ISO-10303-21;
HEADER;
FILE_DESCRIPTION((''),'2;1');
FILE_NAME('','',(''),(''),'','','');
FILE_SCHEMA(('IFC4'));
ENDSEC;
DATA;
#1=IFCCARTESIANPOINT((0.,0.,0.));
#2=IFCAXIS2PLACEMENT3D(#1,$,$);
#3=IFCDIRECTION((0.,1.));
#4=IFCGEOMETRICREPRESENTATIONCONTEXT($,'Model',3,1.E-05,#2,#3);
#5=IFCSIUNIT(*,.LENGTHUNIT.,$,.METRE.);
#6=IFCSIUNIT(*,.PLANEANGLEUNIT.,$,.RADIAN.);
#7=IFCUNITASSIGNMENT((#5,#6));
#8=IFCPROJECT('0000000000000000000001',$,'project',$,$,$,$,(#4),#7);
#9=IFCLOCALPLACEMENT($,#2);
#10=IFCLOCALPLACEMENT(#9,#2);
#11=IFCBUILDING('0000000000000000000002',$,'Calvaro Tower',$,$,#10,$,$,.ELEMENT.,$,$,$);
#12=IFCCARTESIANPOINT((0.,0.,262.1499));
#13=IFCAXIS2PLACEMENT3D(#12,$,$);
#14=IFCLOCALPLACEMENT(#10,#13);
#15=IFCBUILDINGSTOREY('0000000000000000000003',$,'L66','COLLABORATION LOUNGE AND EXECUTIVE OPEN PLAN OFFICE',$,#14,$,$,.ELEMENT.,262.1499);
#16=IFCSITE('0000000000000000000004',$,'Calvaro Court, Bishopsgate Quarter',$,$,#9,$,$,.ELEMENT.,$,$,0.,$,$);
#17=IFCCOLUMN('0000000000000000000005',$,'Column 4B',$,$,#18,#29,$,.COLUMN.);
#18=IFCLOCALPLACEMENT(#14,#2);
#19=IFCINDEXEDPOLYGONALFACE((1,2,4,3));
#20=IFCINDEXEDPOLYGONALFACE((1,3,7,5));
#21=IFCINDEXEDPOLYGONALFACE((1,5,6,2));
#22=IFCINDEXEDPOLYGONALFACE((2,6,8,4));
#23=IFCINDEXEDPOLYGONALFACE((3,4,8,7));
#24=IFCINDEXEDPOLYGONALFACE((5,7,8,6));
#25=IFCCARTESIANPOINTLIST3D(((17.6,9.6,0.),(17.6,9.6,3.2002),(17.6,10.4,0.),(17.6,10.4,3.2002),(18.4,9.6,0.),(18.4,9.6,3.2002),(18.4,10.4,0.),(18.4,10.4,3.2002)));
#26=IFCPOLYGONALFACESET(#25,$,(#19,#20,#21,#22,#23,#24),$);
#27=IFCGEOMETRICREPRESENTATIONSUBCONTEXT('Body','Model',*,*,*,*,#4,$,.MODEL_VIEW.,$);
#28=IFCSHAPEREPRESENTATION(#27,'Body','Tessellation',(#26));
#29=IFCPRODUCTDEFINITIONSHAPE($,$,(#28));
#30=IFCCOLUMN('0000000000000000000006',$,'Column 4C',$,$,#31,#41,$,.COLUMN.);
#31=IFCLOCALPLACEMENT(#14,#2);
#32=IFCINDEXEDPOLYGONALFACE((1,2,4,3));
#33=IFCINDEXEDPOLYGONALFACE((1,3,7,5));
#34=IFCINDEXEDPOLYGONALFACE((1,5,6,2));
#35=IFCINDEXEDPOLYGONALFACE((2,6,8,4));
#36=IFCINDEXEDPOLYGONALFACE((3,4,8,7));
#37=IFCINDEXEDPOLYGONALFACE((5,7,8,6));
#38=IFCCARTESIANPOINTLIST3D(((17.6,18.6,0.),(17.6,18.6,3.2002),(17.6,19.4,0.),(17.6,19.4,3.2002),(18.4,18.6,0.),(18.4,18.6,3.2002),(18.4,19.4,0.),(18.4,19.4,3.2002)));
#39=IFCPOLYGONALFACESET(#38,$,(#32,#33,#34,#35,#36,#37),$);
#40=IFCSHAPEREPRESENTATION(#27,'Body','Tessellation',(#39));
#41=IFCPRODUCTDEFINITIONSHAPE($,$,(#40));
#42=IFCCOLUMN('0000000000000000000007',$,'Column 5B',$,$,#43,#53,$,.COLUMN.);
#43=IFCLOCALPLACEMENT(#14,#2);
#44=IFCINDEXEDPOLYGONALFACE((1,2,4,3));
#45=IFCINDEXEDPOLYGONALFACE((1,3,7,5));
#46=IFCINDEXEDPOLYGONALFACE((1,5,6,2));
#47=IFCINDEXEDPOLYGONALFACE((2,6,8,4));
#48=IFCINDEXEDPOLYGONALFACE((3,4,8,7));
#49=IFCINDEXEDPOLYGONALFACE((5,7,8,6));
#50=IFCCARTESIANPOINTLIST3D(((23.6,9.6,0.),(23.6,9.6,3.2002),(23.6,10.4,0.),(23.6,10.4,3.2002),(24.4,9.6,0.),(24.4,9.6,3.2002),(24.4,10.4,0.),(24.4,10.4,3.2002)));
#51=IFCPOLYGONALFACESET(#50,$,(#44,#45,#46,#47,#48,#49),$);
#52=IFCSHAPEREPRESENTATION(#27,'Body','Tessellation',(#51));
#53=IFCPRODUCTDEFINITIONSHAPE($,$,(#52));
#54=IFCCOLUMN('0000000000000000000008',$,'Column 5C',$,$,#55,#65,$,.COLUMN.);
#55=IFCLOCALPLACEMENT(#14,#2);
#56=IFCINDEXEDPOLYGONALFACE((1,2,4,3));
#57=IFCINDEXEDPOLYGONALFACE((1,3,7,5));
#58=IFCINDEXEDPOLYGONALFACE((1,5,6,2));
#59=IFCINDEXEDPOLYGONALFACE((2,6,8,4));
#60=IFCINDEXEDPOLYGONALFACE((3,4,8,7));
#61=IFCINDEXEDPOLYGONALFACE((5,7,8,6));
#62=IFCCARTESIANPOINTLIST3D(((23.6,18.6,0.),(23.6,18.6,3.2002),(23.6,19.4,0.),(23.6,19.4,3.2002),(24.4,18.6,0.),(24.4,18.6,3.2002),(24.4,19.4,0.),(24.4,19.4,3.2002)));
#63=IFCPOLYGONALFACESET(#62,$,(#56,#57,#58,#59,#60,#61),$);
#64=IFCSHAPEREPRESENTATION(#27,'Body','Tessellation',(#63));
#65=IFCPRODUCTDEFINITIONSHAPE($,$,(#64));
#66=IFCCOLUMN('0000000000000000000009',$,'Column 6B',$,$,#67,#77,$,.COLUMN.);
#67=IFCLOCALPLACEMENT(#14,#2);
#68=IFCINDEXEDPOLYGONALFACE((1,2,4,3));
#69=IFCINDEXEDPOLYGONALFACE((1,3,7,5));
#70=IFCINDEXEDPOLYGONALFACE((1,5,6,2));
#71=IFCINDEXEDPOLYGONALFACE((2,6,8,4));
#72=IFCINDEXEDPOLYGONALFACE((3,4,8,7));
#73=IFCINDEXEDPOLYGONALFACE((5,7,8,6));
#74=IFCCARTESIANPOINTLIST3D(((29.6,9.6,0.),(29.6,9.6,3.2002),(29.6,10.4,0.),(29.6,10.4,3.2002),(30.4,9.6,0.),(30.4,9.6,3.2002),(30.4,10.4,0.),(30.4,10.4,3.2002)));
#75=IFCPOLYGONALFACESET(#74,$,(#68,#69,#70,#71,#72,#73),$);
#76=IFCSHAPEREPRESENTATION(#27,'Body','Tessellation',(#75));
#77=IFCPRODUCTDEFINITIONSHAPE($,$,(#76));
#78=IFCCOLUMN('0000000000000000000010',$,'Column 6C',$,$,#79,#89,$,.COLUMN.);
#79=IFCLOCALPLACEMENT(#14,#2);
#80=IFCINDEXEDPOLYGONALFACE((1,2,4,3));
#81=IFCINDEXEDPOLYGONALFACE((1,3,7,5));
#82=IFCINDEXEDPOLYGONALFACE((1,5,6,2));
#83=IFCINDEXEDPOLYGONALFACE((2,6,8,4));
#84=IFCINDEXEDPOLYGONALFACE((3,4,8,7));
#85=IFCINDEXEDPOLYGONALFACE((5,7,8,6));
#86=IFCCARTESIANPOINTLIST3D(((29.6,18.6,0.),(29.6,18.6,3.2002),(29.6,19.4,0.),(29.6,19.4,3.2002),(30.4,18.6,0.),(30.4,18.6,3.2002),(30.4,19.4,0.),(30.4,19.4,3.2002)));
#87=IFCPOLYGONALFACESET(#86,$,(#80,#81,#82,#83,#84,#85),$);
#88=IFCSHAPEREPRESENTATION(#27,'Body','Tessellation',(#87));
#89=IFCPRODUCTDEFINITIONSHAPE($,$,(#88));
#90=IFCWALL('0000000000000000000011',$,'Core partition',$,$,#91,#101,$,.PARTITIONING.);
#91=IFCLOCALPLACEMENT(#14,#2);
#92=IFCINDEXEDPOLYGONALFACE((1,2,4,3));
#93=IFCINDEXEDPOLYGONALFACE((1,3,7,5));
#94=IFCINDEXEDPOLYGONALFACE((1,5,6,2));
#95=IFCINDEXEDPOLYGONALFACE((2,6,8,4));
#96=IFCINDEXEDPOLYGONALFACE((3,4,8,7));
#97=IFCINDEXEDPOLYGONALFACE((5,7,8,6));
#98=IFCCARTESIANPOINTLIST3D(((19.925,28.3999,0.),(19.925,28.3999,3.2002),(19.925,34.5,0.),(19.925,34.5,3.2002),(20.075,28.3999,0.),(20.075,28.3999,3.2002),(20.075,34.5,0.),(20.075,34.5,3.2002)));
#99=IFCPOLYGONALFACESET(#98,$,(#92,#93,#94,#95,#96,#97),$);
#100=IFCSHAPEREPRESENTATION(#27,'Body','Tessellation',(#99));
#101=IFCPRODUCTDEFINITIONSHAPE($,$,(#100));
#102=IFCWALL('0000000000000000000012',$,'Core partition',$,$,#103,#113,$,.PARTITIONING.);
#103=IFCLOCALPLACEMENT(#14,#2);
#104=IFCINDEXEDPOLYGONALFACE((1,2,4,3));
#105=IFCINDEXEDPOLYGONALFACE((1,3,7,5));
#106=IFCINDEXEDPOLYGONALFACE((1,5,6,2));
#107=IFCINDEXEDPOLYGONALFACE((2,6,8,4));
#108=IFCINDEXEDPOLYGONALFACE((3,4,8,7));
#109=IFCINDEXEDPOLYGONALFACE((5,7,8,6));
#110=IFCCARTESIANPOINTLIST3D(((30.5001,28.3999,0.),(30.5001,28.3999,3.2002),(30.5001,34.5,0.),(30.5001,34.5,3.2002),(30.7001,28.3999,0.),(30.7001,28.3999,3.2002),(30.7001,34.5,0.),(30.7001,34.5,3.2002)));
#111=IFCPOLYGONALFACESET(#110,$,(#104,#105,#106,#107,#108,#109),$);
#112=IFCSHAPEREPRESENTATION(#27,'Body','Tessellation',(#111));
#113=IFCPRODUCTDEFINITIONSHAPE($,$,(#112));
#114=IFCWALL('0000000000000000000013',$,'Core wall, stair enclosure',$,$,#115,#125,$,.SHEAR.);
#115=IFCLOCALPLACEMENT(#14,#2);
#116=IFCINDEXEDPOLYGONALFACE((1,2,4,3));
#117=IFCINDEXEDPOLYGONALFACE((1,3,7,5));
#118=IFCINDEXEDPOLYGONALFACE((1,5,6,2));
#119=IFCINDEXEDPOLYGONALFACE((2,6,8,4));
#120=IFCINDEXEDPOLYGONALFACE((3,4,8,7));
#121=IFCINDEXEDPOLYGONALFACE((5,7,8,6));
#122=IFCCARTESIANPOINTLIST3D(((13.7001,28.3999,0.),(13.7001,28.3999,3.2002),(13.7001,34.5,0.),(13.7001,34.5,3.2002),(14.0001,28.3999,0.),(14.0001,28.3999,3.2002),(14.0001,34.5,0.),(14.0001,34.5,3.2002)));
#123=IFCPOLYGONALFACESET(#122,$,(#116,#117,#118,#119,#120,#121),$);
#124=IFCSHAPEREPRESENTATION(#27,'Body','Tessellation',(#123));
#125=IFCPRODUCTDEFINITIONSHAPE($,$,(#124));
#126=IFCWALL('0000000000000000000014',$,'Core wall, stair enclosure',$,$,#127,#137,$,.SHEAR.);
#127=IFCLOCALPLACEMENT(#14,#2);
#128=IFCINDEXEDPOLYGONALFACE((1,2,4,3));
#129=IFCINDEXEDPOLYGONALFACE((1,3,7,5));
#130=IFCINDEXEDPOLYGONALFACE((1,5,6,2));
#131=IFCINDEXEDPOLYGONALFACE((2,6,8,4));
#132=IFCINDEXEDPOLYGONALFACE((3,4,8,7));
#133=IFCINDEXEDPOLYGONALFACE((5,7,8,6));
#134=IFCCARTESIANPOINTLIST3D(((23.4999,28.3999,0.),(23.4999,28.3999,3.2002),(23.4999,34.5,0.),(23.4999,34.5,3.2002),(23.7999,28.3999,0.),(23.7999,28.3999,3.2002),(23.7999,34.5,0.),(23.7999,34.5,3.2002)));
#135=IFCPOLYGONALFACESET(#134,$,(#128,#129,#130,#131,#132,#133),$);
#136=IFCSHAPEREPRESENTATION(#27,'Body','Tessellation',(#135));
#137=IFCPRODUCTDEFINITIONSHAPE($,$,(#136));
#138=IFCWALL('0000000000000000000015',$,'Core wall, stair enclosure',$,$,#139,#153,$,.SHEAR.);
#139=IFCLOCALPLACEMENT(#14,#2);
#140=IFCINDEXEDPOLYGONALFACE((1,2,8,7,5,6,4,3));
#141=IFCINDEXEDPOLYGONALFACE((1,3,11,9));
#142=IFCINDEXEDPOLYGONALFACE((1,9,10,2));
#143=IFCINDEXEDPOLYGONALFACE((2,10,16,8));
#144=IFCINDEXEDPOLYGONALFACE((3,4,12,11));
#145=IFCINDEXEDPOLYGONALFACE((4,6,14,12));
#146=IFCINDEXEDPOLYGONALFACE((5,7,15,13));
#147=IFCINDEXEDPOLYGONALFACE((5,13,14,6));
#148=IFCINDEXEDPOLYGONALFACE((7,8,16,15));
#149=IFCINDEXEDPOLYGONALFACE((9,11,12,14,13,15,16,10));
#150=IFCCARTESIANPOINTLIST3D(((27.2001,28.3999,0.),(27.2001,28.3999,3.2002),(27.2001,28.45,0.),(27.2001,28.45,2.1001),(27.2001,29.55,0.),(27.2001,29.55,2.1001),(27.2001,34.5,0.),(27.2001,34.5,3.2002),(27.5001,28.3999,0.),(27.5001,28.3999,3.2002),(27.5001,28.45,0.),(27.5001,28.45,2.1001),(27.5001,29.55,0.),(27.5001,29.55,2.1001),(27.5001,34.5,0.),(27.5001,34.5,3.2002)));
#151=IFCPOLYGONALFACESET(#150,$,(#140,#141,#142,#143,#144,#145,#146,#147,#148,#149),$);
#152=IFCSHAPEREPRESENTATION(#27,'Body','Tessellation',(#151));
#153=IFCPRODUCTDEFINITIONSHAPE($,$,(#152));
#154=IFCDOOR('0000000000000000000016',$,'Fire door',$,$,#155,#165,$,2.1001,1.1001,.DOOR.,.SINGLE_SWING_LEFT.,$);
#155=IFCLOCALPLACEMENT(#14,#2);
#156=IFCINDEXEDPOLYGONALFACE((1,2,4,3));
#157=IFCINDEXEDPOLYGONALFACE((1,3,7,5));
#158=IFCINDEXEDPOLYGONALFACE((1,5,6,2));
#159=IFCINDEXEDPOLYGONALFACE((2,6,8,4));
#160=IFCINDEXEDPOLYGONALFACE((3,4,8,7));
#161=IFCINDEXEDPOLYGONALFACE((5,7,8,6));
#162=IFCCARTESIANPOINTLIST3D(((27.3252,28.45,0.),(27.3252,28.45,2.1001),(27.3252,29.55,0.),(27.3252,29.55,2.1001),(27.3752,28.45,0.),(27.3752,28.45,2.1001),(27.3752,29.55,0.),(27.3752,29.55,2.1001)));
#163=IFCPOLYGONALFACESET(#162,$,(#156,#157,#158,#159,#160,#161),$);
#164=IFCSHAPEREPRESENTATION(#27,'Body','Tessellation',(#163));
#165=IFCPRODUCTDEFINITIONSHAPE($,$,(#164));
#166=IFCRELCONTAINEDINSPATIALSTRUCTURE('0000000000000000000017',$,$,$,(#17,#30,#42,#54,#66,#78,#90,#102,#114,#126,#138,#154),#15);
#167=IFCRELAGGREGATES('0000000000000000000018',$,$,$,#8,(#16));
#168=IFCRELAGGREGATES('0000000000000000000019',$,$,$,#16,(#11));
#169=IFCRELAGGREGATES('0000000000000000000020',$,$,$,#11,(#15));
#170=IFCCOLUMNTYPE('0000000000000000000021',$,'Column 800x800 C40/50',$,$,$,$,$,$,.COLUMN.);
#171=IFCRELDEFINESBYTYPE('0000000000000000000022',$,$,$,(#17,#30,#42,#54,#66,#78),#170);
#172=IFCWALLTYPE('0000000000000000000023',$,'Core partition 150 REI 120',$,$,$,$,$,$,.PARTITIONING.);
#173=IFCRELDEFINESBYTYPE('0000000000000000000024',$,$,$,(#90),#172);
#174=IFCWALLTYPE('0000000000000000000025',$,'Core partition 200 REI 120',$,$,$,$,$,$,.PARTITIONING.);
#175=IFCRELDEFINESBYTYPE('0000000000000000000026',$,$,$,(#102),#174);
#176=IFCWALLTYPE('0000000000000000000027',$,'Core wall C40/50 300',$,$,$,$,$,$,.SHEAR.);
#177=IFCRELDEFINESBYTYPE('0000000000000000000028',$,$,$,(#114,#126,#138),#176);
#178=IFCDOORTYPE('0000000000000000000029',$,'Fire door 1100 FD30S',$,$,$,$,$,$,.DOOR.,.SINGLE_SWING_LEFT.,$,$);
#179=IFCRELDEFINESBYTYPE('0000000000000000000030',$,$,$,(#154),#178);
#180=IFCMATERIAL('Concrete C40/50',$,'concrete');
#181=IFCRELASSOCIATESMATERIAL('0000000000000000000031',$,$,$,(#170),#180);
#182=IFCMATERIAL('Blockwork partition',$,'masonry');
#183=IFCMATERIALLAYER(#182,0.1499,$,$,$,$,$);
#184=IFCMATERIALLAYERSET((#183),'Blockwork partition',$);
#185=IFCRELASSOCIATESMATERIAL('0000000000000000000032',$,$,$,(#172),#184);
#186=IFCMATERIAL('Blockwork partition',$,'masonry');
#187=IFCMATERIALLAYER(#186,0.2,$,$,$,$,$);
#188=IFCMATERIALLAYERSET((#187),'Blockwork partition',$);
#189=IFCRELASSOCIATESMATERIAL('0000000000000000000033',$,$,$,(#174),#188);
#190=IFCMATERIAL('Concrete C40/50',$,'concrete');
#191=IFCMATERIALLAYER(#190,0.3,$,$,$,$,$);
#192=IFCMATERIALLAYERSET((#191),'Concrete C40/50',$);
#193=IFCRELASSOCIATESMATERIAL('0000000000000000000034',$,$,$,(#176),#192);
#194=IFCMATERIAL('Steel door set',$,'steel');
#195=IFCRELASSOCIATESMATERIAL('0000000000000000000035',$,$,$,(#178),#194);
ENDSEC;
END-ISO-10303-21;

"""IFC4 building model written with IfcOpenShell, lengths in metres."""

from ifc_helpers import new_model, si_unit, direction, frame, frame_2d, origin, origin_2d, place, context, subcontext, project, spatial, rectangle, extrude, material, layer, layer_set, material_profile, profile_set, type_object, element, fill, save


model = new_model("IFC4")

# Units and contexts
model_context = context("Model", 3, precision=1e-05, world=origin(), true_north=direction((0.0, 1.0)))
body_context = subcontext(model_context, "Body", "Model", "MODEL_VIEW")
ifc_project = project(units=[si_unit("LENGTHUNIT", "METRE"), si_unit("PLANEANGLEUNIT", "RADIAN")], contexts=[model_context])

# Site, building, storey
site_placement = place(None, origin())
site = spatial("IfcSite", under=ifc_project, at=site_placement, Name="Calvaro Court, Bishopsgate Quarter", CompositionType="ELEMENT", RefElevation=0.0)
building_placement = place(site_placement, origin())
building = spatial("IfcBuilding", under=site, at=building_placement, Name="Calvaro Tower", CompositionType="ELEMENT")
storey_placement = place(building_placement, frame((0.0, 0.0, 262.1499)))
storey = spatial("IfcBuildingStorey", under=building, at=storey_placement, Name="L66", Description="COLLABORATION LOUNGE AND EXECUTIVE OPEN PLAN OFFICE", CompositionType="ELEMENT", Elevation=262.1499)

# Columns
ifc_material_1 = material(Name="Concrete C40/50", Category="concrete")
ifc_material_profile = material_profile(ifc_material_1, rectangle(XDim=0.8, YDim=0.8, at=origin_2d()), Name="RC 800x800")
ifc_profile_set = profile_set([ifc_material_profile], Name="Concrete C40/50")
column_type = type_object("IfcColumnType", Name="Column 800x800 C40/50", PredefinedType="COLUMN", material=ifc_profile_set)
for number, where, z_axis, x_axis, name in (
    (1, (18.0, 10.0, 0.0), (0.0, 0.0, 1.0), (1.0, 0.0, 0.0), "Column 4B"),
    (2, (18.0, 19.0, 0.0), (0.0, 0.0, 1.0), (1.0, 0.0, 0.0), "Column 4C"),
    (3, (24.0, 10.0, 0.0), (0.0, 0.0, 1.0), (1.0, 0.0, 0.0), "Column 5B"),
    (4, (24.0, 19.0, 0.0), (0.0, 0.0, 1.0), (1.0, 0.0, 0.0), "Column 5C"),
    (5, (30.0, 10.0, 0.0), (0.0, 0.0, 1.0), (1.0, 0.0, 0.0), "Column 6B"),
    (6, (30.0, 19.0, 0.0), (0.0, 0.0, 1.0), (1.0, 0.0, 0.0), "Column 6C"),
):
    element("IfcColumn", number, at=place(storey_placement, frame(where, z_axis=z_axis, x_axis=x_axis)), inside=storey, type_object=column_type, Name=name, PredefinedType="COLUMN", context=body_context, shape_type="SweptSolid", body=[
        extrude(rectangle(XDim=0.8, YDim=0.8, at=origin_2d()), origin(), (0.0, 0.0, 1.0), 3.2002),
    ])

# Walls
ifc_material_2 = material(Name="Blockwork partition", Category="masonry")
ifc_layer_1 = layer(ifc_material_2, 0.1499)
ifc_layer_set_1 = layer_set([ifc_layer_1], Name="Blockwork partition")
wall_type_1 = type_object("IfcWallType", Name="Core partition 150 REI 120", PredefinedType="PARTITIONING", material=ifc_layer_set_1)
wall_1_placement = place(storey_placement, frame((20.0, 28.3999, 0.0), z_axis=(0.0, 0.0, 1.0), x_axis=(0.0, 1.0, 0.0)))
element("IfcWall", 7, at=wall_1_placement, inside=storey, type_object=wall_type_1, Name="Core partition", PredefinedType="PARTITIONING", context=body_context, shape_type="SweptSolid", body=[
    extrude(rectangle(XDim=6.1001, YDim=0.1499, at=frame_2d((3.05, 0.0))), origin(), (0.0, 0.0, 1.0), 3.2002),
])
ifc_material_3 = material(Name="Blockwork partition", Category="masonry")
ifc_layer_2 = layer(ifc_material_3, 0.2)
ifc_layer_set_2 = layer_set([ifc_layer_2], Name="Blockwork partition")
wall_type_2 = type_object("IfcWallType", Name="Core partition 200 REI 120", PredefinedType="PARTITIONING", material=ifc_layer_set_2)
wall_2_placement = place(storey_placement, frame((30.6001, 28.3999, 0.0), z_axis=(0.0, 0.0, 1.0), x_axis=(0.0, 1.0, 0.0)))
element("IfcWall", 8, at=wall_2_placement, inside=storey, type_object=wall_type_2, Name="Core partition", PredefinedType="PARTITIONING", context=body_context, shape_type="SweptSolid", body=[
    extrude(rectangle(XDim=6.1001, YDim=0.2, at=frame_2d((3.05, 0.0))), origin(), (0.0, 0.0, 1.0), 3.2002),
])
ifc_material_4 = material(Name="Concrete C40/50", Category="concrete")
ifc_layer_3 = layer(ifc_material_4, 0.3)
ifc_layer_set_3 = layer_set([ifc_layer_3], Name="Concrete C40/50")
wall_type_3 = type_object("IfcWallType", Name="Core wall C40/50 300", PredefinedType="SHEAR", material=ifc_layer_set_3)
for number, where, z_axis, x_axis, name in (
    (9, (13.8501, 28.3999, 0.0), (0.0, 0.0, 1.0), (0.0, 1.0, 0.0), "Core wall, stair enclosure"),
    (10, (23.6499, 28.3999, 0.0), (0.0, 0.0, 1.0), (0.0, 1.0, 0.0), "Core wall, stair enclosure"),
):
    element("IfcWall", number, at=place(storey_placement, frame(where, z_axis=z_axis, x_axis=x_axis)), inside=storey, type_object=wall_type_3, Name=name, PredefinedType="SHEAR", context=body_context, shape_type="SweptSolid", body=[
        extrude(rectangle(XDim=6.1001, YDim=0.3, at=frame_2d((3.05, 0.0))), origin(), (0.0, 0.0, 1.0), 3.2002),
    ])

# Wall, opening, door
wall_3_placement = place(storey_placement, frame((27.3501, 28.3999, 0.0), z_axis=(0.0, 0.0, 1.0), x_axis=(0.0, 1.0, 0.0)))
wall_3 = element("IfcWall", 11, at=wall_3_placement, inside=storey, type_object=wall_type_3, Name="Core wall, stair enclosure", PredefinedType="SHEAR", context=body_context, shape_type="SweptSolid", body=[
    extrude(rectangle(XDim=6.1001, YDim=0.3, at=frame_2d((3.05, 0.0))), origin(), (0.0, 0.0, 1.0), 3.2002),
])
opening_1_placement = place(wall_3_placement, frame((0.05, 0.0, 0.0)))
opening_1 = element("IfcOpeningElement", 12, at=opening_1_placement, cuts=wall_3, PredefinedType="OPENING", context=body_context, shape_type="SweptSolid", body=[
    extrude(rectangle(XDim=1.1001, YDim=2.1001, at=frame_2d((0.55, 1.05))), frame((0.0, 0.1599, 0.0), z_axis=(0.0, -1.0, 0.0), x_axis=(1.0, 0.0, 0.0)), (0.0, 0.0, 1.0), 0.3201),
])
ifc_material_5 = material(Name="Steel door set", Category="steel")
door_type_1 = type_object("IfcDoorType", Name="Fire door 1100 FD30S", OperationType="SINGLE_SWING_LEFT", PredefinedType="DOOR", material=ifc_material_5)
door_1_placement = place(opening_1_placement, origin())
door_1 = element("IfcDoor", 13, at=door_1_placement, inside=storey, type_object=door_type_1, Name="Fire door", OperationType="SINGLE_SWING_LEFT", OverallHeight=2.1001, OverallWidth=1.1001, PredefinedType="DOOR", context=body_context, shape_type="SweptSolid", body=[
    extrude(rectangle(XDim=1.1001, YDim=2.1001, at=frame_2d((0.55, 1.05))), frame((0.0, 0.0249, 0.0), z_axis=(0.0, -1.0, 0.0), x_axis=(1.0, 0.0, 0.0)), (0.0, 0.0, 1.0), 0.05),
])
fill(opening_1, door_1)

save(model, "model.ifc")
